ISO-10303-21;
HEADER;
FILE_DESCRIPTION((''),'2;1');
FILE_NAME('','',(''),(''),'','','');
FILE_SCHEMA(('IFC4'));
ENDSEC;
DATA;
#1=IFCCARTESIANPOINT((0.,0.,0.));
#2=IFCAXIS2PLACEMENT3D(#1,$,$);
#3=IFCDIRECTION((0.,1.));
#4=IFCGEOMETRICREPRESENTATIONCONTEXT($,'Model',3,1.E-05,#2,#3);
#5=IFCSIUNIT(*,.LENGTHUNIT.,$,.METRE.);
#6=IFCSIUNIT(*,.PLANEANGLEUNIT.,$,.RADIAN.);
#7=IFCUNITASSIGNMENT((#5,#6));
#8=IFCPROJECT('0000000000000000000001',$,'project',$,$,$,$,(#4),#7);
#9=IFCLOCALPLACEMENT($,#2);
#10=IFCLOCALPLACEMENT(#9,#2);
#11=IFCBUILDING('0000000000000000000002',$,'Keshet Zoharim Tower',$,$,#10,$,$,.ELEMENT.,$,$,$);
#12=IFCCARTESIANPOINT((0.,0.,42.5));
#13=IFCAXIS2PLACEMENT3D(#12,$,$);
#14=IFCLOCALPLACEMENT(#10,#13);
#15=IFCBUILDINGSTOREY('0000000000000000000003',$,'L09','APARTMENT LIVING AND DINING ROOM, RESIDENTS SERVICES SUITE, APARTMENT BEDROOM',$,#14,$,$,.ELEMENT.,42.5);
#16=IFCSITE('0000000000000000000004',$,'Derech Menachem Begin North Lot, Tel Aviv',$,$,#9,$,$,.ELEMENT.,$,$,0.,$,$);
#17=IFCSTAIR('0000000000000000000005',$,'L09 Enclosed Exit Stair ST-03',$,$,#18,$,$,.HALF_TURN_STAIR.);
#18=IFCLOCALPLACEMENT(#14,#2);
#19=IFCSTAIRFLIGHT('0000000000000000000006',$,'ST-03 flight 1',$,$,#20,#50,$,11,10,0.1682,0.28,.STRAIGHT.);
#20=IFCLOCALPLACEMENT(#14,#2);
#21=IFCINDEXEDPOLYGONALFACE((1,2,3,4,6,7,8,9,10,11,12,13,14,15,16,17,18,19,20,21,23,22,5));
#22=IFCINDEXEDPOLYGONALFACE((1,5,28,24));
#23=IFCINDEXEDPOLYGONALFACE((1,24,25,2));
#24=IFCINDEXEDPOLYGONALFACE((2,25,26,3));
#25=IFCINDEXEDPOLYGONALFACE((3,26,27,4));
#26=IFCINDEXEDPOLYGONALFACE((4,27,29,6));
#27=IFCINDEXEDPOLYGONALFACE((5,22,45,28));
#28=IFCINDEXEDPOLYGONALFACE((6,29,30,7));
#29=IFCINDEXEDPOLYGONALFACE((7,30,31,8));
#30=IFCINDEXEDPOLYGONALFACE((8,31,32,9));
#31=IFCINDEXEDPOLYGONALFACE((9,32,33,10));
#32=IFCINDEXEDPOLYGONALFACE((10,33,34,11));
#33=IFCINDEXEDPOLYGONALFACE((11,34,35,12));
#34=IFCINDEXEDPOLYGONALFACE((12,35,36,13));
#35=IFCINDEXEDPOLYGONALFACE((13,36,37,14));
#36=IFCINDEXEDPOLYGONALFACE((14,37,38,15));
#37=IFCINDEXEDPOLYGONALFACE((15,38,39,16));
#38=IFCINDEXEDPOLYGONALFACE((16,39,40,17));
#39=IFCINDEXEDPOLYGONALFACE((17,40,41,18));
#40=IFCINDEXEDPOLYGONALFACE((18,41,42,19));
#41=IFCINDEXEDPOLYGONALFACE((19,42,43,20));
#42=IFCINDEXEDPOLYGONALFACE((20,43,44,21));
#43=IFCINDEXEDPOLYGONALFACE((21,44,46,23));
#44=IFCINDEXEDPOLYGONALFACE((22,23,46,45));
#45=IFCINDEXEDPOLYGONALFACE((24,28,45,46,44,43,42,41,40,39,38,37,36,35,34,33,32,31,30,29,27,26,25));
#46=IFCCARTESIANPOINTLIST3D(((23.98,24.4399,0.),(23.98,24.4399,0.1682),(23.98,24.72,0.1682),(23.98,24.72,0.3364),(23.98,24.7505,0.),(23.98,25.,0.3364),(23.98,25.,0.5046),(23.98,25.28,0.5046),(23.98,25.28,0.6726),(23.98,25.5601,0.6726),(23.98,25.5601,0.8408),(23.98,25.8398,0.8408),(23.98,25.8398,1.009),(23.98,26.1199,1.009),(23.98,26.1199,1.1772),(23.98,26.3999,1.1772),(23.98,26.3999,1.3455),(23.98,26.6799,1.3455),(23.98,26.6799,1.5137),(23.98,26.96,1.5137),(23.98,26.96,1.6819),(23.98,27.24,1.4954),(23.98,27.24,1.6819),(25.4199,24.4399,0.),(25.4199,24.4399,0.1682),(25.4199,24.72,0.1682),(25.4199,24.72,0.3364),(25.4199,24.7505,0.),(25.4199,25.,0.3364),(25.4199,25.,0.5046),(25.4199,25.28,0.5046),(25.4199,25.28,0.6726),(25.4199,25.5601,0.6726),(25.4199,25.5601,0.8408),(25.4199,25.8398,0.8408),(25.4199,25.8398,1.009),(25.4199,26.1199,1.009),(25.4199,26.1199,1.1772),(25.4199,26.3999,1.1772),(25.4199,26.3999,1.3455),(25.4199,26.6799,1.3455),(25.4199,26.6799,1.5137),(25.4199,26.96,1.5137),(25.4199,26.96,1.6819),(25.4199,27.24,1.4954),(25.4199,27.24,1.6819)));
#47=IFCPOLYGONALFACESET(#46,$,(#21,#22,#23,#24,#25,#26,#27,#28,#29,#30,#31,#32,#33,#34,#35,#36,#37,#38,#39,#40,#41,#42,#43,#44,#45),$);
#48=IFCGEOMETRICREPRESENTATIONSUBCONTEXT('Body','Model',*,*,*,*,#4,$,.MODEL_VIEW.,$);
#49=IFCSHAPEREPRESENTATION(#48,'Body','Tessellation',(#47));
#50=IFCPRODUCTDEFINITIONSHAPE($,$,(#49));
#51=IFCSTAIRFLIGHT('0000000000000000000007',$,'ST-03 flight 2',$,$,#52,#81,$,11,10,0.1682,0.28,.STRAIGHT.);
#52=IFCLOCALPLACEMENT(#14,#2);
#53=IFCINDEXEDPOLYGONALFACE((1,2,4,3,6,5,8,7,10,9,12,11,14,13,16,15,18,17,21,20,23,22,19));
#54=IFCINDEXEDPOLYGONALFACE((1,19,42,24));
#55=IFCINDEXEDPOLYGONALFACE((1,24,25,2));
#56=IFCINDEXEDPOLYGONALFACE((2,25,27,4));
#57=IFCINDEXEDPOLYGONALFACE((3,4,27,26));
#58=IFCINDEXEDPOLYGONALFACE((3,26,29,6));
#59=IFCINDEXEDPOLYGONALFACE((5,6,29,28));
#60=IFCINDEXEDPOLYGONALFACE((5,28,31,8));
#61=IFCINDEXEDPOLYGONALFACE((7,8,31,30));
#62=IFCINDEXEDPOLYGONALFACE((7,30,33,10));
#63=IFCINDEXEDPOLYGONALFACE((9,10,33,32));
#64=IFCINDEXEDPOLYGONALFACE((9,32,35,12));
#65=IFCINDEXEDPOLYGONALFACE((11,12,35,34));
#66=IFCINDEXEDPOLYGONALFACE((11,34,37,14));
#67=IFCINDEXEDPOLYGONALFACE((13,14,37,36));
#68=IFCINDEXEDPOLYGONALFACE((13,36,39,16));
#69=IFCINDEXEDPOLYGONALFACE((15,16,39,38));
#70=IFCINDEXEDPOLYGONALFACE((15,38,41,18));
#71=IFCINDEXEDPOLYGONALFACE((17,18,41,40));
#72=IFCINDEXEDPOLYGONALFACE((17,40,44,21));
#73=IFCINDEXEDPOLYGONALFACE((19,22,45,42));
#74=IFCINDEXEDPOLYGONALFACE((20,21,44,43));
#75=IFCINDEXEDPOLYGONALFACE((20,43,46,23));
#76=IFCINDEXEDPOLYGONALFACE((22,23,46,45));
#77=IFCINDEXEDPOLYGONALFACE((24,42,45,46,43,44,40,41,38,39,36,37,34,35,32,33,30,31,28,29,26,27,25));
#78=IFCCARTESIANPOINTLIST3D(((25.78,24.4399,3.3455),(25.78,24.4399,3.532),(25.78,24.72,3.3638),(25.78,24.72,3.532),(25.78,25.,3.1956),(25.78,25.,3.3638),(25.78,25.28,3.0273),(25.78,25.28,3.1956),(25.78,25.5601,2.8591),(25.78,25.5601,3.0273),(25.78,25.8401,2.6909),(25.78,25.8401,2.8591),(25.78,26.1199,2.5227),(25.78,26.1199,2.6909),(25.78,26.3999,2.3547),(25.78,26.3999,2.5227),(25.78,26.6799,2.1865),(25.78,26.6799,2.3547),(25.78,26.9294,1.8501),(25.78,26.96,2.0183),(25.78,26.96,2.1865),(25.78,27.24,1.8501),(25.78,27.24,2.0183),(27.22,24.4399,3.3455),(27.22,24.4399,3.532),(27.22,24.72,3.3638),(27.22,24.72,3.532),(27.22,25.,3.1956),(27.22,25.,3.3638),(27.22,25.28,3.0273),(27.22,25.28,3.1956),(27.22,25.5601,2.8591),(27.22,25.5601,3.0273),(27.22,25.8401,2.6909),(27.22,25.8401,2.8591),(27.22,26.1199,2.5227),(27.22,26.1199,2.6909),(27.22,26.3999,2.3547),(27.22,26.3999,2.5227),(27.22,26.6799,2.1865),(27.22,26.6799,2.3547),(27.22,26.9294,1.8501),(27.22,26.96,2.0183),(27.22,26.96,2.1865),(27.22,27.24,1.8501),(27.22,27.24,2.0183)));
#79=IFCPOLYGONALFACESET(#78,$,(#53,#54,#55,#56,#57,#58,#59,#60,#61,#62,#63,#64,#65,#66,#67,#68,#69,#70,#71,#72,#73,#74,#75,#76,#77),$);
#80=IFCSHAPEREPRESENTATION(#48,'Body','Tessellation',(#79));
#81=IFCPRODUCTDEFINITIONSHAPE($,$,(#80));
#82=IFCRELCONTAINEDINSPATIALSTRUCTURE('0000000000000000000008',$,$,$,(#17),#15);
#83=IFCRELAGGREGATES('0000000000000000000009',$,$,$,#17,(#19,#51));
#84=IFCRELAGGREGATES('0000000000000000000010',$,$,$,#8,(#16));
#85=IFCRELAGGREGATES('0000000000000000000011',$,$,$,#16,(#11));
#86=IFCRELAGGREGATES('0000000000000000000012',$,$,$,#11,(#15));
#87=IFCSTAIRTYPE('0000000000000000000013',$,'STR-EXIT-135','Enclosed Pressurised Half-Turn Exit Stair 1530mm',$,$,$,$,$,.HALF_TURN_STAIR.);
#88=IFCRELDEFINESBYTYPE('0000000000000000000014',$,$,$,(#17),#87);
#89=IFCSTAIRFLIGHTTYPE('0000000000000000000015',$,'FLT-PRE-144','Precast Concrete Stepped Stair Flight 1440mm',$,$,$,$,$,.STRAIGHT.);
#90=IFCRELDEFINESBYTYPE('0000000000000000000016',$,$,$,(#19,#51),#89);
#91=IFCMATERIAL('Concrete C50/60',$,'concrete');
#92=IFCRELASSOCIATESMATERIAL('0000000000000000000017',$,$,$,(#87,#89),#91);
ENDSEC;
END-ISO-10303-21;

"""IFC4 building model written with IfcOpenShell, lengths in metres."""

from ifc_helpers import new_model, si_unit, direction, frame, origin, place, context, subcontext, project, spatial, polyline, outline, extrude, material, type_object, element, aggregate, save


model = new_model("IFC4")

# Units and contexts
model_context = context("Model", 3, precision=1e-05, world=origin(), true_north=direction((0.0, 1.0)))
body_context = subcontext(model_context, "Body", "Model", "MODEL_VIEW")
ifc_project = project(units=[si_unit("LENGTHUNIT", "METRE"), si_unit("PLANEANGLEUNIT", "RADIAN")], contexts=[model_context])

# Site, building, storey
site_placement = place(None, origin())
site = spatial("IfcSite", under=ifc_project, at=site_placement, Name="Derech Menachem Begin North Lot, Tel Aviv", CompositionType="ELEMENT", RefElevation=0.0)
building_placement = place(site_placement, origin())
building = spatial("IfcBuilding", under=site, at=building_placement, Name="Keshet Zoharim Tower", CompositionType="ELEMENT")
storey_placement = place(building_placement, frame((0.0, 0.0, 42.5)))
storey = spatial("IfcBuildingStorey", under=building, at=storey_placement, Name="L09", Description="APARTMENT LIVING AND DINING ROOM, RESIDENTS SERVICES SUITE, APARTMENT BEDROOM", CompositionType="ELEMENT", Elevation=42.5)

# Shared definitions
ifc_material_1 = material(Name="Concrete C50/60", Category="concrete")

# Stair, stair flights
stair_type = type_object("IfcStairType", Name="STR-EXIT-135", Description="Enclosed Pressurised Half-Turn Exit Stair 1530mm", PredefinedType="HALF_TURN_STAIR", material=ifc_material_1)
stair_placement = place(storey_placement, origin())
stair = element("IfcStair", 1, at=stair_placement, inside=storey, type_object=stair_type, Name="L09 Enclosed Exit Stair ST-03", PredefinedType="HALF_TURN_STAIR")
stair_flight_type = type_object("IfcStairFlightType", Name="FLT-PRE-144", Description="Precast Concrete Stepped Stair Flight 1440mm", PredefinedType="STRAIGHT", material=ifc_material_1)
stair_flight_1_placement = place(storey_placement, frame((24.7, 24.4399, 0.0), z_axis=(0.0, 0.0, 1.0), x_axis=(0.0, 1.0, 0.0)))
stair_flight_1 = element("IfcStairFlight", 2, at=stair_flight_1_placement, type_object=stair_flight_type, Name="ST-03 flight 1", NumberOfRisers=11, NumberOfTreads=10, PredefinedType="STRAIGHT", RiserHeight=0.1682, TreadLength=0.28, context=body_context, shape_type="SweptSolid", body=[
    extrude(outline(polyline([(0.0, 0.0), (0.0, 0.1682), (0.28, 0.1682), (0.28, 0.3364), (0.5601, 0.3364), (0.5601, 0.5046), (0.8401, 0.5046), (0.8401, 0.6726), (1.1201, 0.6726), (1.1201, 0.8408), (1.3999, 0.8408), (1.3999, 1.009), (1.6799, 1.009), (1.6799, 1.1772), (1.96, 1.1772), (1.96, 1.3455), (2.24, 1.3455), (2.24, 1.5137), (2.52, 1.5137), (2.52, 1.6819), (2.8, 1.6819), (2.8, 1.8501), (2.8, 1.4954), (0.3105, 0.0), (0.0, 0.0)])), frame((0.0, 0.72, 0.0), z_axis=(0.0, -1.0, 0.0), x_axis=(1.0, 0.0, 0.0)), (0.0, 0.0, 1.0), 1.4399),
])
stair_flight_2_placement = place(storey_placement, frame((26.5, 27.24, 1.8501), z_axis=(0.0, 0.0, 1.0), x_axis=(0.0, -1.0, 0.0)))
stair_flight_2 = element("IfcStairFlight", 3, at=stair_flight_2_placement, type_object=stair_flight_type, Name="ST-03 flight 2", NumberOfRisers=11, NumberOfTreads=10, PredefinedType="STRAIGHT", RiserHeight=0.1682, TreadLength=0.28, context=body_context, shape_type="SweptSolid", body=[
    extrude(outline(polyline([(0.0, 0.0), (0.0, 0.1682), (0.28, 0.1682), (0.28, 0.3364), (0.5601, 0.3364), (0.5601, 0.5046), (0.8401, 0.5046), (0.8401, 0.6726), (1.1201, 0.6726), (1.1201, 0.8408), (1.3999, 0.8408), (1.3999, 1.009), (1.6799, 1.009), (1.6799, 1.1772), (1.96, 1.1772), (1.96, 1.3455), (2.24, 1.3455), (2.24, 1.5137), (2.52, 1.5137), (2.52, 1.6819), (2.8, 1.6819), (2.8, 1.8501), (2.8, 1.4954), (0.3105, 0.0), (0.0, 0.0)])), frame((0.0, 0.72, 0.0), z_axis=(0.0, -1.0, 0.0), x_axis=(1.0, 0.0, 0.0)), (0.0, 0.0, 1.0), 1.4399),
])
aggregate(stair, [stair_flight_1, stair_flight_2])

save(model, "model.ifc")
